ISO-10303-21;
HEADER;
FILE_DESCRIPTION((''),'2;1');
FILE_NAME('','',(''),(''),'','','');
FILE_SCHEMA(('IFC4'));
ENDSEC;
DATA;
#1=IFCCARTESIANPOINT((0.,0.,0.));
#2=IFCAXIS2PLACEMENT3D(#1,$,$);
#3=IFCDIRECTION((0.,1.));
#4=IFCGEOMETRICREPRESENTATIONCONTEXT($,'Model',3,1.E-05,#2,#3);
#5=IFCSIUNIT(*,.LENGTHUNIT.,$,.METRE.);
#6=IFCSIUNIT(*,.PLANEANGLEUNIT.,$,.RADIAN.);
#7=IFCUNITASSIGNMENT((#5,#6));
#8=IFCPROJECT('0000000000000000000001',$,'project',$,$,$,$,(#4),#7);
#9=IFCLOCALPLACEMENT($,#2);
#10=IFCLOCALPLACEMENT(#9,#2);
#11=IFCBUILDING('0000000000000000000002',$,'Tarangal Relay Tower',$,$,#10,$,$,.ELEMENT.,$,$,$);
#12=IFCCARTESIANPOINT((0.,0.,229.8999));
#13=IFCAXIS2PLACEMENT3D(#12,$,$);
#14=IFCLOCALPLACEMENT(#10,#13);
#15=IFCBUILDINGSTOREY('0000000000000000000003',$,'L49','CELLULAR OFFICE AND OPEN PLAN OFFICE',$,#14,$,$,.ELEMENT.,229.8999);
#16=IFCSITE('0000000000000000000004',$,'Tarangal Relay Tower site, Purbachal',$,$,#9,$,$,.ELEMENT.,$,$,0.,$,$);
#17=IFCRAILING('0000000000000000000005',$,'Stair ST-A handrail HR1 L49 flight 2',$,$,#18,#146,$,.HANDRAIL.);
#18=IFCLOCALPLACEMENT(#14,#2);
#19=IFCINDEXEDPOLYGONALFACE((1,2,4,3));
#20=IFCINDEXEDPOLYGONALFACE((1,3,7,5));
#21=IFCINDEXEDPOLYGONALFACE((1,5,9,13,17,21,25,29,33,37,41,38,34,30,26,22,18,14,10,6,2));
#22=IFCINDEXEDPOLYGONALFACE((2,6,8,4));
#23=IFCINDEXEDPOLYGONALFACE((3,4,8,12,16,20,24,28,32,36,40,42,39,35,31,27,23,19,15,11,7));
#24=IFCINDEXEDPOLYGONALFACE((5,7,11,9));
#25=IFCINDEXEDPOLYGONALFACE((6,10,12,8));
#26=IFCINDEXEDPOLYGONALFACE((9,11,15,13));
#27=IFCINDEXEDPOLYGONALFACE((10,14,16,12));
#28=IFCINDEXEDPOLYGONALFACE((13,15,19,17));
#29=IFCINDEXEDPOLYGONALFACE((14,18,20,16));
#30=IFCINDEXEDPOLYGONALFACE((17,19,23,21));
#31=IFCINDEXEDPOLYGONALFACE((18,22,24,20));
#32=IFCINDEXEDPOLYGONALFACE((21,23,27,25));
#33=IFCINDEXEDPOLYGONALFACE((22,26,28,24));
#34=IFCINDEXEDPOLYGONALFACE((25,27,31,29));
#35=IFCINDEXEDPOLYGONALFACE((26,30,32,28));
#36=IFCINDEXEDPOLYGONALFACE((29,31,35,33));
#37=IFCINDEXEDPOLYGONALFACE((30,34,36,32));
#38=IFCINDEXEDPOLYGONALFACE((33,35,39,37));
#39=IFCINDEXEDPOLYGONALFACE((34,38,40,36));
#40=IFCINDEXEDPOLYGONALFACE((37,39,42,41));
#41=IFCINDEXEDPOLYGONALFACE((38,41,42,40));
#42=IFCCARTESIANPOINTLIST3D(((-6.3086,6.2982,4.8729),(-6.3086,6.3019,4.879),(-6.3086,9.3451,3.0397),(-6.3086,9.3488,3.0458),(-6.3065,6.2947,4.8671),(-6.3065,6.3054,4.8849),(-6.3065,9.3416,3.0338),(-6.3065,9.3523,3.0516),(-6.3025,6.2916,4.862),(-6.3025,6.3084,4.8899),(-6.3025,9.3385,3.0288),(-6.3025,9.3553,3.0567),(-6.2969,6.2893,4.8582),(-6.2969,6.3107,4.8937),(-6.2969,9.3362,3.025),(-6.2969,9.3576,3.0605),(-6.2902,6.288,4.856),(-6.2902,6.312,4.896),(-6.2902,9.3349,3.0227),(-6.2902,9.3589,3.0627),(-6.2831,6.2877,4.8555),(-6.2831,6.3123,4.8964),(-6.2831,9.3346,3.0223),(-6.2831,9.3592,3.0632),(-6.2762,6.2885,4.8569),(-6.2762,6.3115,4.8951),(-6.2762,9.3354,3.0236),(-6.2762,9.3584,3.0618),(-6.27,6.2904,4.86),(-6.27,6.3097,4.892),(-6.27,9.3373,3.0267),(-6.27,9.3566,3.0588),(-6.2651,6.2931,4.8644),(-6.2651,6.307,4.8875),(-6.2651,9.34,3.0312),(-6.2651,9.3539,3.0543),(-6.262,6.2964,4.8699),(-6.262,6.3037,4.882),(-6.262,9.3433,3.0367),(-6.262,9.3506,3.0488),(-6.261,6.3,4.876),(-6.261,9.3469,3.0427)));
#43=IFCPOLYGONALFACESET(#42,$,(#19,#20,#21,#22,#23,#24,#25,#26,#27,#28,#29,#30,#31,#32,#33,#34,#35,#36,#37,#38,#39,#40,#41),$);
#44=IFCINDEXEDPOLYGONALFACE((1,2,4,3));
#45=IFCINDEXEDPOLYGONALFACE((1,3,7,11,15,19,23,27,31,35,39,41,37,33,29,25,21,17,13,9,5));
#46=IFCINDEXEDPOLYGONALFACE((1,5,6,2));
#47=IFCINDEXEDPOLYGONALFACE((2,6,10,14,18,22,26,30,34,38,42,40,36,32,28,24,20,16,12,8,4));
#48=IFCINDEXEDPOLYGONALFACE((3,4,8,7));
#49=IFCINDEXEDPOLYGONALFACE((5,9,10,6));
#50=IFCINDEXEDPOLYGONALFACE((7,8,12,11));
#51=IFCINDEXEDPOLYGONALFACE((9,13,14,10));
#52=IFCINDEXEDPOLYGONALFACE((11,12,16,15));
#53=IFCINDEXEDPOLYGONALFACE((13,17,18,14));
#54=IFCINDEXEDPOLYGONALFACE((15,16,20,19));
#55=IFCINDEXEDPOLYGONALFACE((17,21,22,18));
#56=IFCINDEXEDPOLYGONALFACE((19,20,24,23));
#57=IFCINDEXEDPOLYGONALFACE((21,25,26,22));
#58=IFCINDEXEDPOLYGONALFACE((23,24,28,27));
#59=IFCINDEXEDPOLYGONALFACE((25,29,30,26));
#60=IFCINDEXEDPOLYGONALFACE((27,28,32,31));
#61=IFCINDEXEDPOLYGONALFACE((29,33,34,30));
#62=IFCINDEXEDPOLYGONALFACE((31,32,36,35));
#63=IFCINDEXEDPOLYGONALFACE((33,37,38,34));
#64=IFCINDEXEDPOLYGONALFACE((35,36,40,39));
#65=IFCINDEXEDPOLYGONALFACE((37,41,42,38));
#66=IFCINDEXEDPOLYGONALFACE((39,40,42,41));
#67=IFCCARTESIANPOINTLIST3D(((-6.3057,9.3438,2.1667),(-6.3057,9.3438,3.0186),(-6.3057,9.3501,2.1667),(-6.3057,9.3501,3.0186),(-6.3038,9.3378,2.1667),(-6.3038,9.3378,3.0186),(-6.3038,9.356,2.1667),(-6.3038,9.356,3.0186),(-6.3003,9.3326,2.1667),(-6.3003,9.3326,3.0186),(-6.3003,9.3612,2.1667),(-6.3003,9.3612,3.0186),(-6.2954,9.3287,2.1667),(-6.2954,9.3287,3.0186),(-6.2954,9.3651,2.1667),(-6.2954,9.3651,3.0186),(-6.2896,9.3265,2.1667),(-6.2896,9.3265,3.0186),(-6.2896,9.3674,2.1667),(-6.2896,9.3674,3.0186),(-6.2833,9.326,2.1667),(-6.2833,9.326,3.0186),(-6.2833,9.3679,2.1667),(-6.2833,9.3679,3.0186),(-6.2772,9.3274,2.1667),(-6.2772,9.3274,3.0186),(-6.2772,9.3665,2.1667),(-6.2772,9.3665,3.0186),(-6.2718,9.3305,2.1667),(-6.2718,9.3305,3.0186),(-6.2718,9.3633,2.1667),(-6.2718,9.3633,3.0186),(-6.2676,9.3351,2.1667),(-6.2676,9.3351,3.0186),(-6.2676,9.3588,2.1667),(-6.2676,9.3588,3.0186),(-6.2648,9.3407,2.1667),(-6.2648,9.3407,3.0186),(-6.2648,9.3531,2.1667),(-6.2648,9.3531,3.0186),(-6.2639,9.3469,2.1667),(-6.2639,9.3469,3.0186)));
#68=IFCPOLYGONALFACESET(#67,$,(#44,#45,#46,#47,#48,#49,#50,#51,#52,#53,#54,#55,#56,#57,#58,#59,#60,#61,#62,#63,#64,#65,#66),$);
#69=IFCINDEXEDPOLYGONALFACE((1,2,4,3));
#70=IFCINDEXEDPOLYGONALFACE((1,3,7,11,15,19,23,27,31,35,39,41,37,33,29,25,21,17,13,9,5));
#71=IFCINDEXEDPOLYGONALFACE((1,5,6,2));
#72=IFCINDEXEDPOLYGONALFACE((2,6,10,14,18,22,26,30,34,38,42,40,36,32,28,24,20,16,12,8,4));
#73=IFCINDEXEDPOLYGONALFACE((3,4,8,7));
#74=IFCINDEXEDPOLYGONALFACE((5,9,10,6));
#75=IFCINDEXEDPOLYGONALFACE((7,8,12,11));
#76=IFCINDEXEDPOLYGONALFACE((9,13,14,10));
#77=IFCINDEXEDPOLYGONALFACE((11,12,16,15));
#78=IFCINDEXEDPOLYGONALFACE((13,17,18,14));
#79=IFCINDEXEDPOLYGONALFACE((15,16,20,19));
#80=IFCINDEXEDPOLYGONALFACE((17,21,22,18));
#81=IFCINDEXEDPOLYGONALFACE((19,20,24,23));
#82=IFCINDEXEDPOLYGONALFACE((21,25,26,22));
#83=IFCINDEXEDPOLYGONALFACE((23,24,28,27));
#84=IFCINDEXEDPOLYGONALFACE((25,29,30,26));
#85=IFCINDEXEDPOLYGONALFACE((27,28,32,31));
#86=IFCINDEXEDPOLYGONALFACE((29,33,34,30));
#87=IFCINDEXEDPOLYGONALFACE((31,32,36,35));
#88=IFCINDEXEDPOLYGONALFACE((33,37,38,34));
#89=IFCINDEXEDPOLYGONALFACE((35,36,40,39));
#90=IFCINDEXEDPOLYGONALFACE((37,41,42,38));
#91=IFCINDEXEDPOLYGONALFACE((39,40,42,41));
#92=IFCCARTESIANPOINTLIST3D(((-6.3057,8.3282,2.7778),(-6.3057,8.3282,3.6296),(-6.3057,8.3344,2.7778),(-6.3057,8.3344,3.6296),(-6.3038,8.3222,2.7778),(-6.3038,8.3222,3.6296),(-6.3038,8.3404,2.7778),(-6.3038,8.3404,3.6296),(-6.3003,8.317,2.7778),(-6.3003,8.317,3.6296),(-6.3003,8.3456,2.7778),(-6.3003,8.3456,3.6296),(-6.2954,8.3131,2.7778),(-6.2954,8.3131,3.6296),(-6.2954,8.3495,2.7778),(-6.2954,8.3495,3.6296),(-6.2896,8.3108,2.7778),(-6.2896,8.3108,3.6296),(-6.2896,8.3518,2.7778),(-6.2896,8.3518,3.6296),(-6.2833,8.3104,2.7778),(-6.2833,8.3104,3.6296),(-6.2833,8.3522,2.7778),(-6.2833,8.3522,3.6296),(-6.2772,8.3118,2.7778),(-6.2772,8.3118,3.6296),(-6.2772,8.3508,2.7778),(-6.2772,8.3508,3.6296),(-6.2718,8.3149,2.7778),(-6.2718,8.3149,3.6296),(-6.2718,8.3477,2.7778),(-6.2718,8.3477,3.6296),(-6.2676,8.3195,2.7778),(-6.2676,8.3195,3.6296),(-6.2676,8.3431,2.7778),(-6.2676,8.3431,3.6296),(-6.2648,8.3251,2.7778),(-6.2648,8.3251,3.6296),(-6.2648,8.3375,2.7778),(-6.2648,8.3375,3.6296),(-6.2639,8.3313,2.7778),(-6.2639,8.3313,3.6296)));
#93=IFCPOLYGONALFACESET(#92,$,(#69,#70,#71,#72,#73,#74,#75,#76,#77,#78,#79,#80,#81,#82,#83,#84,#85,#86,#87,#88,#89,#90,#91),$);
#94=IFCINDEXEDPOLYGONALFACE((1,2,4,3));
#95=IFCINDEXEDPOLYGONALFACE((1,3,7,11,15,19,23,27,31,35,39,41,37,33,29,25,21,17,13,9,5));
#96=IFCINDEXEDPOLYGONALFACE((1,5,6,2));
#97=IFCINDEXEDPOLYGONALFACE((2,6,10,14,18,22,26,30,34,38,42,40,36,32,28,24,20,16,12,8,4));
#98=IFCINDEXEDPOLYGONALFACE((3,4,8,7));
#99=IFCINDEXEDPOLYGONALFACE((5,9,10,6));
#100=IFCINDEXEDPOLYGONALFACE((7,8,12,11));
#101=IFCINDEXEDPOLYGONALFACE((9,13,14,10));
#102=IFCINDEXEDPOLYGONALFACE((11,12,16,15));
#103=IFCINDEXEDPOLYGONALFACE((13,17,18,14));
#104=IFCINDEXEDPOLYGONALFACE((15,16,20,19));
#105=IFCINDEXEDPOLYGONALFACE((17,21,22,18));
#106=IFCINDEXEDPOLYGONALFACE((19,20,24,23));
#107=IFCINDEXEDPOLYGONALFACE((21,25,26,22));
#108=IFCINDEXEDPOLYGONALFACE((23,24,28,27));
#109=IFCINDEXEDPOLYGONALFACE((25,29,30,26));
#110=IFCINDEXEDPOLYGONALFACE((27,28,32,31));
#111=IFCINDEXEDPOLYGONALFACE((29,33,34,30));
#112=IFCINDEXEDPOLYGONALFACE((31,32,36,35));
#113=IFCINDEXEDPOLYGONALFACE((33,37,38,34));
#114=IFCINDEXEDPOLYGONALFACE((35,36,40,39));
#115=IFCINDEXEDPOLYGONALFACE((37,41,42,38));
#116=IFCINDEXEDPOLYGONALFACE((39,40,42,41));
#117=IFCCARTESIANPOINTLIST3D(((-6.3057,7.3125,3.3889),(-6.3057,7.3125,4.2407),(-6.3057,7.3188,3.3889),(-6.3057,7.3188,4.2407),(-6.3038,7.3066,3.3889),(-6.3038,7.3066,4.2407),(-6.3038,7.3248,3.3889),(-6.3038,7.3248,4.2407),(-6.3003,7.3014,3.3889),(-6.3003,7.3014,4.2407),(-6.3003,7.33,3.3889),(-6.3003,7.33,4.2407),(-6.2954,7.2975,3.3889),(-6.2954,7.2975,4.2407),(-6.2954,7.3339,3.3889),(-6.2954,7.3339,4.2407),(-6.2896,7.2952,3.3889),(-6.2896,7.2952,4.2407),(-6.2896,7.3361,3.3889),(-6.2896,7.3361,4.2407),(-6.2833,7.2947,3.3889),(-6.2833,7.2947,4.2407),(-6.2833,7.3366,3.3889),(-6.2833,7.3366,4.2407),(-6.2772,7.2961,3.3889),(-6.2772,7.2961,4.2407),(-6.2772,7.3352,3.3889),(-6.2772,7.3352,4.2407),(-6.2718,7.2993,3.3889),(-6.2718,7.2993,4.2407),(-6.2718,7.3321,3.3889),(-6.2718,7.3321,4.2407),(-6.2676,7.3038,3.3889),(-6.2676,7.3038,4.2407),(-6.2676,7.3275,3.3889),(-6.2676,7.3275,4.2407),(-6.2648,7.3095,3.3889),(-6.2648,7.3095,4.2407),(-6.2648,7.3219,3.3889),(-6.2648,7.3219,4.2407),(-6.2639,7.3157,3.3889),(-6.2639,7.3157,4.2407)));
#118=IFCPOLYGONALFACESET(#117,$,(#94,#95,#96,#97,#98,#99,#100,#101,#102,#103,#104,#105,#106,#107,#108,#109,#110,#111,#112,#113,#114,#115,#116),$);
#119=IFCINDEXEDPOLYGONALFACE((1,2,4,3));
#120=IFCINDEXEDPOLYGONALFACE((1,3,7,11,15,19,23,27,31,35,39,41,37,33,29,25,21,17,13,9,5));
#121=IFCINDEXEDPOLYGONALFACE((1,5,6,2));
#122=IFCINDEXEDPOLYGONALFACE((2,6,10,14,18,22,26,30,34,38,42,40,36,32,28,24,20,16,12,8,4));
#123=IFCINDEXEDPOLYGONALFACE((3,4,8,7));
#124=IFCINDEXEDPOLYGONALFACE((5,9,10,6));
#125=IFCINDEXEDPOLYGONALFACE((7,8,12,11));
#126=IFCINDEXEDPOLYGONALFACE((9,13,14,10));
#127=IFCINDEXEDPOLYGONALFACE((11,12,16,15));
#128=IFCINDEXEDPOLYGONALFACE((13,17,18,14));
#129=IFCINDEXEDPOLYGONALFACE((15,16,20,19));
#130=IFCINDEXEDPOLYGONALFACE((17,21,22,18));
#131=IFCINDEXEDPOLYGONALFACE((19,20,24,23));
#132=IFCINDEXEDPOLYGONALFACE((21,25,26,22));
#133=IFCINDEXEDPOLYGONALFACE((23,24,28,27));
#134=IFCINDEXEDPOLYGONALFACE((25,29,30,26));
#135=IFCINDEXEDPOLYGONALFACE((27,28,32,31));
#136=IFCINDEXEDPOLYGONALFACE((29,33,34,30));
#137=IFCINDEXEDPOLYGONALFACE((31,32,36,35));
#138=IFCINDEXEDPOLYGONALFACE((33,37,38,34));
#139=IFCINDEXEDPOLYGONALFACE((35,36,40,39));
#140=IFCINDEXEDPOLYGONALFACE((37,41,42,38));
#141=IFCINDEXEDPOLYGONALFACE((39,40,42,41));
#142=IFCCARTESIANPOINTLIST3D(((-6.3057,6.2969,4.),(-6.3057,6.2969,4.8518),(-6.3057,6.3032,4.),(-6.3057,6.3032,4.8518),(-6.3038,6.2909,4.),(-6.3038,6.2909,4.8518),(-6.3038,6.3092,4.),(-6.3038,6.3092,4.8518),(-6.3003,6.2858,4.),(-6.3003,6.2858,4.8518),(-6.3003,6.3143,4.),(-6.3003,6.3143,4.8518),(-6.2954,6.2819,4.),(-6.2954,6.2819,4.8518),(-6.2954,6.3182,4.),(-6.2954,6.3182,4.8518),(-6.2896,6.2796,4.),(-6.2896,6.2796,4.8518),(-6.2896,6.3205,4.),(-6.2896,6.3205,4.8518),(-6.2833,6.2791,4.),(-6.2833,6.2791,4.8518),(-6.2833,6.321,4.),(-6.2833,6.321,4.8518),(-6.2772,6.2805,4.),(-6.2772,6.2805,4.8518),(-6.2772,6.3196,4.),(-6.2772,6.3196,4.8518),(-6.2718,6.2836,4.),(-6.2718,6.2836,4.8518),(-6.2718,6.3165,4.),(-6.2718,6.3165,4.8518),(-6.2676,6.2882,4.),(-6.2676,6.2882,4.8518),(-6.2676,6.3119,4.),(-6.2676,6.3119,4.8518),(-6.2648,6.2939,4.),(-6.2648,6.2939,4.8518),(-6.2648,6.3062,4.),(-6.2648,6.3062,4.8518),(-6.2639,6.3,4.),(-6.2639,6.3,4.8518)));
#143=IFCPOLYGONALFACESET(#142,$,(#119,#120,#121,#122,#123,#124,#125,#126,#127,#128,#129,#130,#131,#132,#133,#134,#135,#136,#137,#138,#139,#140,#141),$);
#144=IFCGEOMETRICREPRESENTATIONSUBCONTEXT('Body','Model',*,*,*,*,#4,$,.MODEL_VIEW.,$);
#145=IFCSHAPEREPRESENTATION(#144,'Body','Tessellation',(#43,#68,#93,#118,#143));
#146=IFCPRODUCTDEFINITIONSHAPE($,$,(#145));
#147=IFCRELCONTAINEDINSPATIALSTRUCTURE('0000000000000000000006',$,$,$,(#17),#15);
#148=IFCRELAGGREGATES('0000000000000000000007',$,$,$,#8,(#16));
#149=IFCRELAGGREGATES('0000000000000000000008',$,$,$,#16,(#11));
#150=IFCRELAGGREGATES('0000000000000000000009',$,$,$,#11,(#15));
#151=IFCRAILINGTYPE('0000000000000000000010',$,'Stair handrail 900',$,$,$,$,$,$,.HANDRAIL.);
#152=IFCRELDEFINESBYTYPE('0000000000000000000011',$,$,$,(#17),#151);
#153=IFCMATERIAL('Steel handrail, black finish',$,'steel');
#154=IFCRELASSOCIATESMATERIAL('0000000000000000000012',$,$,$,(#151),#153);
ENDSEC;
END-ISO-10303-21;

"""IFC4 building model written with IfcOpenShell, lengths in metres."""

from ifc_helpers import new_model, si_unit, direction, frame, origin, origin_2d, place, context, subcontext, project, spatial, circle, extrude, material, type_object, element, save


model = new_model("IFC4")

# Units and contexts
model_context = context("Model", 3, precision=1e-05, world=origin(), true_north=direction((0.0, 1.0)))
body_context = subcontext(model_context, "Body", "Model", "MODEL_VIEW")
ifc_project = project(units=[si_unit("LENGTHUNIT", "METRE"), si_unit("PLANEANGLEUNIT", "RADIAN")], contexts=[model_context])

# Site, building, storey
site_placement = place(None, origin())
site = spatial("IfcSite", under=ifc_project, at=site_placement, Name="Tarangal Relay Tower site, Purbachal", CompositionType="ELEMENT", RefElevation=0.0)
building_placement = place(site_placement, origin())
building = spatial("IfcBuilding", under=site, at=building_placement, Name="Tarangal Relay Tower", CompositionType="ELEMENT")
storey_placement = place(building_placement, frame((0.0, 0.0, 229.8999)))
storey = spatial("IfcBuildingStorey", under=building, at=storey_placement, Name="L49", Description="CELLULAR OFFICE AND OPEN PLAN OFFICE", CompositionType="ELEMENT", Elevation=229.8999)

# Railing
ifc_material_1 = material(Name="Steel handrail, black finish", Category="steel")
railing_type_1 = type_object("IfcRailingType", Name="Stair handrail 900", PredefinedType="HANDRAIL", material=ifc_material_1)
railing_1_placement = place(storey_placement, frame((-6.2849, 9.3469, 2.1667)))
element("IfcRailing", 1, at=railing_1_placement, inside=storey, type_object=railing_type_1, Name="Stair ST-A handrail HR1 L49 flight 2", PredefinedType="HANDRAIL", context=body_context, shape_type="SweptSolid", body=[
    extrude(circle(Radius=0.0239, at=origin_2d()), frame((0.0, 0.0, 0.876), z_axis=(0.0, -0.856856, 0.515556), x_axis=(1.0, 0.0, 0.0)), (0.0, 0.0, 1.0), 3.5559),
    extrude(circle(Radius=0.021, at=origin_2d()), origin(), (0.0, 0.0, 1.0), 0.8518),
    extrude(circle(Radius=0.021, at=origin_2d()), frame((0.0, -1.0156, 0.6111)), (0.0, 0.0, 1.0), 0.8518),
    extrude(circle(Radius=0.021, at=origin_2d()), frame((0.0, -2.0312, 1.2222)), (0.0, 0.0, 1.0), 0.8518),
    extrude(circle(Radius=0.021, at=origin_2d()), frame((0.0, -3.0469, 1.8333)), (0.0, 0.0, 1.0), 0.8518),
])

save(model, "model.ifc")
